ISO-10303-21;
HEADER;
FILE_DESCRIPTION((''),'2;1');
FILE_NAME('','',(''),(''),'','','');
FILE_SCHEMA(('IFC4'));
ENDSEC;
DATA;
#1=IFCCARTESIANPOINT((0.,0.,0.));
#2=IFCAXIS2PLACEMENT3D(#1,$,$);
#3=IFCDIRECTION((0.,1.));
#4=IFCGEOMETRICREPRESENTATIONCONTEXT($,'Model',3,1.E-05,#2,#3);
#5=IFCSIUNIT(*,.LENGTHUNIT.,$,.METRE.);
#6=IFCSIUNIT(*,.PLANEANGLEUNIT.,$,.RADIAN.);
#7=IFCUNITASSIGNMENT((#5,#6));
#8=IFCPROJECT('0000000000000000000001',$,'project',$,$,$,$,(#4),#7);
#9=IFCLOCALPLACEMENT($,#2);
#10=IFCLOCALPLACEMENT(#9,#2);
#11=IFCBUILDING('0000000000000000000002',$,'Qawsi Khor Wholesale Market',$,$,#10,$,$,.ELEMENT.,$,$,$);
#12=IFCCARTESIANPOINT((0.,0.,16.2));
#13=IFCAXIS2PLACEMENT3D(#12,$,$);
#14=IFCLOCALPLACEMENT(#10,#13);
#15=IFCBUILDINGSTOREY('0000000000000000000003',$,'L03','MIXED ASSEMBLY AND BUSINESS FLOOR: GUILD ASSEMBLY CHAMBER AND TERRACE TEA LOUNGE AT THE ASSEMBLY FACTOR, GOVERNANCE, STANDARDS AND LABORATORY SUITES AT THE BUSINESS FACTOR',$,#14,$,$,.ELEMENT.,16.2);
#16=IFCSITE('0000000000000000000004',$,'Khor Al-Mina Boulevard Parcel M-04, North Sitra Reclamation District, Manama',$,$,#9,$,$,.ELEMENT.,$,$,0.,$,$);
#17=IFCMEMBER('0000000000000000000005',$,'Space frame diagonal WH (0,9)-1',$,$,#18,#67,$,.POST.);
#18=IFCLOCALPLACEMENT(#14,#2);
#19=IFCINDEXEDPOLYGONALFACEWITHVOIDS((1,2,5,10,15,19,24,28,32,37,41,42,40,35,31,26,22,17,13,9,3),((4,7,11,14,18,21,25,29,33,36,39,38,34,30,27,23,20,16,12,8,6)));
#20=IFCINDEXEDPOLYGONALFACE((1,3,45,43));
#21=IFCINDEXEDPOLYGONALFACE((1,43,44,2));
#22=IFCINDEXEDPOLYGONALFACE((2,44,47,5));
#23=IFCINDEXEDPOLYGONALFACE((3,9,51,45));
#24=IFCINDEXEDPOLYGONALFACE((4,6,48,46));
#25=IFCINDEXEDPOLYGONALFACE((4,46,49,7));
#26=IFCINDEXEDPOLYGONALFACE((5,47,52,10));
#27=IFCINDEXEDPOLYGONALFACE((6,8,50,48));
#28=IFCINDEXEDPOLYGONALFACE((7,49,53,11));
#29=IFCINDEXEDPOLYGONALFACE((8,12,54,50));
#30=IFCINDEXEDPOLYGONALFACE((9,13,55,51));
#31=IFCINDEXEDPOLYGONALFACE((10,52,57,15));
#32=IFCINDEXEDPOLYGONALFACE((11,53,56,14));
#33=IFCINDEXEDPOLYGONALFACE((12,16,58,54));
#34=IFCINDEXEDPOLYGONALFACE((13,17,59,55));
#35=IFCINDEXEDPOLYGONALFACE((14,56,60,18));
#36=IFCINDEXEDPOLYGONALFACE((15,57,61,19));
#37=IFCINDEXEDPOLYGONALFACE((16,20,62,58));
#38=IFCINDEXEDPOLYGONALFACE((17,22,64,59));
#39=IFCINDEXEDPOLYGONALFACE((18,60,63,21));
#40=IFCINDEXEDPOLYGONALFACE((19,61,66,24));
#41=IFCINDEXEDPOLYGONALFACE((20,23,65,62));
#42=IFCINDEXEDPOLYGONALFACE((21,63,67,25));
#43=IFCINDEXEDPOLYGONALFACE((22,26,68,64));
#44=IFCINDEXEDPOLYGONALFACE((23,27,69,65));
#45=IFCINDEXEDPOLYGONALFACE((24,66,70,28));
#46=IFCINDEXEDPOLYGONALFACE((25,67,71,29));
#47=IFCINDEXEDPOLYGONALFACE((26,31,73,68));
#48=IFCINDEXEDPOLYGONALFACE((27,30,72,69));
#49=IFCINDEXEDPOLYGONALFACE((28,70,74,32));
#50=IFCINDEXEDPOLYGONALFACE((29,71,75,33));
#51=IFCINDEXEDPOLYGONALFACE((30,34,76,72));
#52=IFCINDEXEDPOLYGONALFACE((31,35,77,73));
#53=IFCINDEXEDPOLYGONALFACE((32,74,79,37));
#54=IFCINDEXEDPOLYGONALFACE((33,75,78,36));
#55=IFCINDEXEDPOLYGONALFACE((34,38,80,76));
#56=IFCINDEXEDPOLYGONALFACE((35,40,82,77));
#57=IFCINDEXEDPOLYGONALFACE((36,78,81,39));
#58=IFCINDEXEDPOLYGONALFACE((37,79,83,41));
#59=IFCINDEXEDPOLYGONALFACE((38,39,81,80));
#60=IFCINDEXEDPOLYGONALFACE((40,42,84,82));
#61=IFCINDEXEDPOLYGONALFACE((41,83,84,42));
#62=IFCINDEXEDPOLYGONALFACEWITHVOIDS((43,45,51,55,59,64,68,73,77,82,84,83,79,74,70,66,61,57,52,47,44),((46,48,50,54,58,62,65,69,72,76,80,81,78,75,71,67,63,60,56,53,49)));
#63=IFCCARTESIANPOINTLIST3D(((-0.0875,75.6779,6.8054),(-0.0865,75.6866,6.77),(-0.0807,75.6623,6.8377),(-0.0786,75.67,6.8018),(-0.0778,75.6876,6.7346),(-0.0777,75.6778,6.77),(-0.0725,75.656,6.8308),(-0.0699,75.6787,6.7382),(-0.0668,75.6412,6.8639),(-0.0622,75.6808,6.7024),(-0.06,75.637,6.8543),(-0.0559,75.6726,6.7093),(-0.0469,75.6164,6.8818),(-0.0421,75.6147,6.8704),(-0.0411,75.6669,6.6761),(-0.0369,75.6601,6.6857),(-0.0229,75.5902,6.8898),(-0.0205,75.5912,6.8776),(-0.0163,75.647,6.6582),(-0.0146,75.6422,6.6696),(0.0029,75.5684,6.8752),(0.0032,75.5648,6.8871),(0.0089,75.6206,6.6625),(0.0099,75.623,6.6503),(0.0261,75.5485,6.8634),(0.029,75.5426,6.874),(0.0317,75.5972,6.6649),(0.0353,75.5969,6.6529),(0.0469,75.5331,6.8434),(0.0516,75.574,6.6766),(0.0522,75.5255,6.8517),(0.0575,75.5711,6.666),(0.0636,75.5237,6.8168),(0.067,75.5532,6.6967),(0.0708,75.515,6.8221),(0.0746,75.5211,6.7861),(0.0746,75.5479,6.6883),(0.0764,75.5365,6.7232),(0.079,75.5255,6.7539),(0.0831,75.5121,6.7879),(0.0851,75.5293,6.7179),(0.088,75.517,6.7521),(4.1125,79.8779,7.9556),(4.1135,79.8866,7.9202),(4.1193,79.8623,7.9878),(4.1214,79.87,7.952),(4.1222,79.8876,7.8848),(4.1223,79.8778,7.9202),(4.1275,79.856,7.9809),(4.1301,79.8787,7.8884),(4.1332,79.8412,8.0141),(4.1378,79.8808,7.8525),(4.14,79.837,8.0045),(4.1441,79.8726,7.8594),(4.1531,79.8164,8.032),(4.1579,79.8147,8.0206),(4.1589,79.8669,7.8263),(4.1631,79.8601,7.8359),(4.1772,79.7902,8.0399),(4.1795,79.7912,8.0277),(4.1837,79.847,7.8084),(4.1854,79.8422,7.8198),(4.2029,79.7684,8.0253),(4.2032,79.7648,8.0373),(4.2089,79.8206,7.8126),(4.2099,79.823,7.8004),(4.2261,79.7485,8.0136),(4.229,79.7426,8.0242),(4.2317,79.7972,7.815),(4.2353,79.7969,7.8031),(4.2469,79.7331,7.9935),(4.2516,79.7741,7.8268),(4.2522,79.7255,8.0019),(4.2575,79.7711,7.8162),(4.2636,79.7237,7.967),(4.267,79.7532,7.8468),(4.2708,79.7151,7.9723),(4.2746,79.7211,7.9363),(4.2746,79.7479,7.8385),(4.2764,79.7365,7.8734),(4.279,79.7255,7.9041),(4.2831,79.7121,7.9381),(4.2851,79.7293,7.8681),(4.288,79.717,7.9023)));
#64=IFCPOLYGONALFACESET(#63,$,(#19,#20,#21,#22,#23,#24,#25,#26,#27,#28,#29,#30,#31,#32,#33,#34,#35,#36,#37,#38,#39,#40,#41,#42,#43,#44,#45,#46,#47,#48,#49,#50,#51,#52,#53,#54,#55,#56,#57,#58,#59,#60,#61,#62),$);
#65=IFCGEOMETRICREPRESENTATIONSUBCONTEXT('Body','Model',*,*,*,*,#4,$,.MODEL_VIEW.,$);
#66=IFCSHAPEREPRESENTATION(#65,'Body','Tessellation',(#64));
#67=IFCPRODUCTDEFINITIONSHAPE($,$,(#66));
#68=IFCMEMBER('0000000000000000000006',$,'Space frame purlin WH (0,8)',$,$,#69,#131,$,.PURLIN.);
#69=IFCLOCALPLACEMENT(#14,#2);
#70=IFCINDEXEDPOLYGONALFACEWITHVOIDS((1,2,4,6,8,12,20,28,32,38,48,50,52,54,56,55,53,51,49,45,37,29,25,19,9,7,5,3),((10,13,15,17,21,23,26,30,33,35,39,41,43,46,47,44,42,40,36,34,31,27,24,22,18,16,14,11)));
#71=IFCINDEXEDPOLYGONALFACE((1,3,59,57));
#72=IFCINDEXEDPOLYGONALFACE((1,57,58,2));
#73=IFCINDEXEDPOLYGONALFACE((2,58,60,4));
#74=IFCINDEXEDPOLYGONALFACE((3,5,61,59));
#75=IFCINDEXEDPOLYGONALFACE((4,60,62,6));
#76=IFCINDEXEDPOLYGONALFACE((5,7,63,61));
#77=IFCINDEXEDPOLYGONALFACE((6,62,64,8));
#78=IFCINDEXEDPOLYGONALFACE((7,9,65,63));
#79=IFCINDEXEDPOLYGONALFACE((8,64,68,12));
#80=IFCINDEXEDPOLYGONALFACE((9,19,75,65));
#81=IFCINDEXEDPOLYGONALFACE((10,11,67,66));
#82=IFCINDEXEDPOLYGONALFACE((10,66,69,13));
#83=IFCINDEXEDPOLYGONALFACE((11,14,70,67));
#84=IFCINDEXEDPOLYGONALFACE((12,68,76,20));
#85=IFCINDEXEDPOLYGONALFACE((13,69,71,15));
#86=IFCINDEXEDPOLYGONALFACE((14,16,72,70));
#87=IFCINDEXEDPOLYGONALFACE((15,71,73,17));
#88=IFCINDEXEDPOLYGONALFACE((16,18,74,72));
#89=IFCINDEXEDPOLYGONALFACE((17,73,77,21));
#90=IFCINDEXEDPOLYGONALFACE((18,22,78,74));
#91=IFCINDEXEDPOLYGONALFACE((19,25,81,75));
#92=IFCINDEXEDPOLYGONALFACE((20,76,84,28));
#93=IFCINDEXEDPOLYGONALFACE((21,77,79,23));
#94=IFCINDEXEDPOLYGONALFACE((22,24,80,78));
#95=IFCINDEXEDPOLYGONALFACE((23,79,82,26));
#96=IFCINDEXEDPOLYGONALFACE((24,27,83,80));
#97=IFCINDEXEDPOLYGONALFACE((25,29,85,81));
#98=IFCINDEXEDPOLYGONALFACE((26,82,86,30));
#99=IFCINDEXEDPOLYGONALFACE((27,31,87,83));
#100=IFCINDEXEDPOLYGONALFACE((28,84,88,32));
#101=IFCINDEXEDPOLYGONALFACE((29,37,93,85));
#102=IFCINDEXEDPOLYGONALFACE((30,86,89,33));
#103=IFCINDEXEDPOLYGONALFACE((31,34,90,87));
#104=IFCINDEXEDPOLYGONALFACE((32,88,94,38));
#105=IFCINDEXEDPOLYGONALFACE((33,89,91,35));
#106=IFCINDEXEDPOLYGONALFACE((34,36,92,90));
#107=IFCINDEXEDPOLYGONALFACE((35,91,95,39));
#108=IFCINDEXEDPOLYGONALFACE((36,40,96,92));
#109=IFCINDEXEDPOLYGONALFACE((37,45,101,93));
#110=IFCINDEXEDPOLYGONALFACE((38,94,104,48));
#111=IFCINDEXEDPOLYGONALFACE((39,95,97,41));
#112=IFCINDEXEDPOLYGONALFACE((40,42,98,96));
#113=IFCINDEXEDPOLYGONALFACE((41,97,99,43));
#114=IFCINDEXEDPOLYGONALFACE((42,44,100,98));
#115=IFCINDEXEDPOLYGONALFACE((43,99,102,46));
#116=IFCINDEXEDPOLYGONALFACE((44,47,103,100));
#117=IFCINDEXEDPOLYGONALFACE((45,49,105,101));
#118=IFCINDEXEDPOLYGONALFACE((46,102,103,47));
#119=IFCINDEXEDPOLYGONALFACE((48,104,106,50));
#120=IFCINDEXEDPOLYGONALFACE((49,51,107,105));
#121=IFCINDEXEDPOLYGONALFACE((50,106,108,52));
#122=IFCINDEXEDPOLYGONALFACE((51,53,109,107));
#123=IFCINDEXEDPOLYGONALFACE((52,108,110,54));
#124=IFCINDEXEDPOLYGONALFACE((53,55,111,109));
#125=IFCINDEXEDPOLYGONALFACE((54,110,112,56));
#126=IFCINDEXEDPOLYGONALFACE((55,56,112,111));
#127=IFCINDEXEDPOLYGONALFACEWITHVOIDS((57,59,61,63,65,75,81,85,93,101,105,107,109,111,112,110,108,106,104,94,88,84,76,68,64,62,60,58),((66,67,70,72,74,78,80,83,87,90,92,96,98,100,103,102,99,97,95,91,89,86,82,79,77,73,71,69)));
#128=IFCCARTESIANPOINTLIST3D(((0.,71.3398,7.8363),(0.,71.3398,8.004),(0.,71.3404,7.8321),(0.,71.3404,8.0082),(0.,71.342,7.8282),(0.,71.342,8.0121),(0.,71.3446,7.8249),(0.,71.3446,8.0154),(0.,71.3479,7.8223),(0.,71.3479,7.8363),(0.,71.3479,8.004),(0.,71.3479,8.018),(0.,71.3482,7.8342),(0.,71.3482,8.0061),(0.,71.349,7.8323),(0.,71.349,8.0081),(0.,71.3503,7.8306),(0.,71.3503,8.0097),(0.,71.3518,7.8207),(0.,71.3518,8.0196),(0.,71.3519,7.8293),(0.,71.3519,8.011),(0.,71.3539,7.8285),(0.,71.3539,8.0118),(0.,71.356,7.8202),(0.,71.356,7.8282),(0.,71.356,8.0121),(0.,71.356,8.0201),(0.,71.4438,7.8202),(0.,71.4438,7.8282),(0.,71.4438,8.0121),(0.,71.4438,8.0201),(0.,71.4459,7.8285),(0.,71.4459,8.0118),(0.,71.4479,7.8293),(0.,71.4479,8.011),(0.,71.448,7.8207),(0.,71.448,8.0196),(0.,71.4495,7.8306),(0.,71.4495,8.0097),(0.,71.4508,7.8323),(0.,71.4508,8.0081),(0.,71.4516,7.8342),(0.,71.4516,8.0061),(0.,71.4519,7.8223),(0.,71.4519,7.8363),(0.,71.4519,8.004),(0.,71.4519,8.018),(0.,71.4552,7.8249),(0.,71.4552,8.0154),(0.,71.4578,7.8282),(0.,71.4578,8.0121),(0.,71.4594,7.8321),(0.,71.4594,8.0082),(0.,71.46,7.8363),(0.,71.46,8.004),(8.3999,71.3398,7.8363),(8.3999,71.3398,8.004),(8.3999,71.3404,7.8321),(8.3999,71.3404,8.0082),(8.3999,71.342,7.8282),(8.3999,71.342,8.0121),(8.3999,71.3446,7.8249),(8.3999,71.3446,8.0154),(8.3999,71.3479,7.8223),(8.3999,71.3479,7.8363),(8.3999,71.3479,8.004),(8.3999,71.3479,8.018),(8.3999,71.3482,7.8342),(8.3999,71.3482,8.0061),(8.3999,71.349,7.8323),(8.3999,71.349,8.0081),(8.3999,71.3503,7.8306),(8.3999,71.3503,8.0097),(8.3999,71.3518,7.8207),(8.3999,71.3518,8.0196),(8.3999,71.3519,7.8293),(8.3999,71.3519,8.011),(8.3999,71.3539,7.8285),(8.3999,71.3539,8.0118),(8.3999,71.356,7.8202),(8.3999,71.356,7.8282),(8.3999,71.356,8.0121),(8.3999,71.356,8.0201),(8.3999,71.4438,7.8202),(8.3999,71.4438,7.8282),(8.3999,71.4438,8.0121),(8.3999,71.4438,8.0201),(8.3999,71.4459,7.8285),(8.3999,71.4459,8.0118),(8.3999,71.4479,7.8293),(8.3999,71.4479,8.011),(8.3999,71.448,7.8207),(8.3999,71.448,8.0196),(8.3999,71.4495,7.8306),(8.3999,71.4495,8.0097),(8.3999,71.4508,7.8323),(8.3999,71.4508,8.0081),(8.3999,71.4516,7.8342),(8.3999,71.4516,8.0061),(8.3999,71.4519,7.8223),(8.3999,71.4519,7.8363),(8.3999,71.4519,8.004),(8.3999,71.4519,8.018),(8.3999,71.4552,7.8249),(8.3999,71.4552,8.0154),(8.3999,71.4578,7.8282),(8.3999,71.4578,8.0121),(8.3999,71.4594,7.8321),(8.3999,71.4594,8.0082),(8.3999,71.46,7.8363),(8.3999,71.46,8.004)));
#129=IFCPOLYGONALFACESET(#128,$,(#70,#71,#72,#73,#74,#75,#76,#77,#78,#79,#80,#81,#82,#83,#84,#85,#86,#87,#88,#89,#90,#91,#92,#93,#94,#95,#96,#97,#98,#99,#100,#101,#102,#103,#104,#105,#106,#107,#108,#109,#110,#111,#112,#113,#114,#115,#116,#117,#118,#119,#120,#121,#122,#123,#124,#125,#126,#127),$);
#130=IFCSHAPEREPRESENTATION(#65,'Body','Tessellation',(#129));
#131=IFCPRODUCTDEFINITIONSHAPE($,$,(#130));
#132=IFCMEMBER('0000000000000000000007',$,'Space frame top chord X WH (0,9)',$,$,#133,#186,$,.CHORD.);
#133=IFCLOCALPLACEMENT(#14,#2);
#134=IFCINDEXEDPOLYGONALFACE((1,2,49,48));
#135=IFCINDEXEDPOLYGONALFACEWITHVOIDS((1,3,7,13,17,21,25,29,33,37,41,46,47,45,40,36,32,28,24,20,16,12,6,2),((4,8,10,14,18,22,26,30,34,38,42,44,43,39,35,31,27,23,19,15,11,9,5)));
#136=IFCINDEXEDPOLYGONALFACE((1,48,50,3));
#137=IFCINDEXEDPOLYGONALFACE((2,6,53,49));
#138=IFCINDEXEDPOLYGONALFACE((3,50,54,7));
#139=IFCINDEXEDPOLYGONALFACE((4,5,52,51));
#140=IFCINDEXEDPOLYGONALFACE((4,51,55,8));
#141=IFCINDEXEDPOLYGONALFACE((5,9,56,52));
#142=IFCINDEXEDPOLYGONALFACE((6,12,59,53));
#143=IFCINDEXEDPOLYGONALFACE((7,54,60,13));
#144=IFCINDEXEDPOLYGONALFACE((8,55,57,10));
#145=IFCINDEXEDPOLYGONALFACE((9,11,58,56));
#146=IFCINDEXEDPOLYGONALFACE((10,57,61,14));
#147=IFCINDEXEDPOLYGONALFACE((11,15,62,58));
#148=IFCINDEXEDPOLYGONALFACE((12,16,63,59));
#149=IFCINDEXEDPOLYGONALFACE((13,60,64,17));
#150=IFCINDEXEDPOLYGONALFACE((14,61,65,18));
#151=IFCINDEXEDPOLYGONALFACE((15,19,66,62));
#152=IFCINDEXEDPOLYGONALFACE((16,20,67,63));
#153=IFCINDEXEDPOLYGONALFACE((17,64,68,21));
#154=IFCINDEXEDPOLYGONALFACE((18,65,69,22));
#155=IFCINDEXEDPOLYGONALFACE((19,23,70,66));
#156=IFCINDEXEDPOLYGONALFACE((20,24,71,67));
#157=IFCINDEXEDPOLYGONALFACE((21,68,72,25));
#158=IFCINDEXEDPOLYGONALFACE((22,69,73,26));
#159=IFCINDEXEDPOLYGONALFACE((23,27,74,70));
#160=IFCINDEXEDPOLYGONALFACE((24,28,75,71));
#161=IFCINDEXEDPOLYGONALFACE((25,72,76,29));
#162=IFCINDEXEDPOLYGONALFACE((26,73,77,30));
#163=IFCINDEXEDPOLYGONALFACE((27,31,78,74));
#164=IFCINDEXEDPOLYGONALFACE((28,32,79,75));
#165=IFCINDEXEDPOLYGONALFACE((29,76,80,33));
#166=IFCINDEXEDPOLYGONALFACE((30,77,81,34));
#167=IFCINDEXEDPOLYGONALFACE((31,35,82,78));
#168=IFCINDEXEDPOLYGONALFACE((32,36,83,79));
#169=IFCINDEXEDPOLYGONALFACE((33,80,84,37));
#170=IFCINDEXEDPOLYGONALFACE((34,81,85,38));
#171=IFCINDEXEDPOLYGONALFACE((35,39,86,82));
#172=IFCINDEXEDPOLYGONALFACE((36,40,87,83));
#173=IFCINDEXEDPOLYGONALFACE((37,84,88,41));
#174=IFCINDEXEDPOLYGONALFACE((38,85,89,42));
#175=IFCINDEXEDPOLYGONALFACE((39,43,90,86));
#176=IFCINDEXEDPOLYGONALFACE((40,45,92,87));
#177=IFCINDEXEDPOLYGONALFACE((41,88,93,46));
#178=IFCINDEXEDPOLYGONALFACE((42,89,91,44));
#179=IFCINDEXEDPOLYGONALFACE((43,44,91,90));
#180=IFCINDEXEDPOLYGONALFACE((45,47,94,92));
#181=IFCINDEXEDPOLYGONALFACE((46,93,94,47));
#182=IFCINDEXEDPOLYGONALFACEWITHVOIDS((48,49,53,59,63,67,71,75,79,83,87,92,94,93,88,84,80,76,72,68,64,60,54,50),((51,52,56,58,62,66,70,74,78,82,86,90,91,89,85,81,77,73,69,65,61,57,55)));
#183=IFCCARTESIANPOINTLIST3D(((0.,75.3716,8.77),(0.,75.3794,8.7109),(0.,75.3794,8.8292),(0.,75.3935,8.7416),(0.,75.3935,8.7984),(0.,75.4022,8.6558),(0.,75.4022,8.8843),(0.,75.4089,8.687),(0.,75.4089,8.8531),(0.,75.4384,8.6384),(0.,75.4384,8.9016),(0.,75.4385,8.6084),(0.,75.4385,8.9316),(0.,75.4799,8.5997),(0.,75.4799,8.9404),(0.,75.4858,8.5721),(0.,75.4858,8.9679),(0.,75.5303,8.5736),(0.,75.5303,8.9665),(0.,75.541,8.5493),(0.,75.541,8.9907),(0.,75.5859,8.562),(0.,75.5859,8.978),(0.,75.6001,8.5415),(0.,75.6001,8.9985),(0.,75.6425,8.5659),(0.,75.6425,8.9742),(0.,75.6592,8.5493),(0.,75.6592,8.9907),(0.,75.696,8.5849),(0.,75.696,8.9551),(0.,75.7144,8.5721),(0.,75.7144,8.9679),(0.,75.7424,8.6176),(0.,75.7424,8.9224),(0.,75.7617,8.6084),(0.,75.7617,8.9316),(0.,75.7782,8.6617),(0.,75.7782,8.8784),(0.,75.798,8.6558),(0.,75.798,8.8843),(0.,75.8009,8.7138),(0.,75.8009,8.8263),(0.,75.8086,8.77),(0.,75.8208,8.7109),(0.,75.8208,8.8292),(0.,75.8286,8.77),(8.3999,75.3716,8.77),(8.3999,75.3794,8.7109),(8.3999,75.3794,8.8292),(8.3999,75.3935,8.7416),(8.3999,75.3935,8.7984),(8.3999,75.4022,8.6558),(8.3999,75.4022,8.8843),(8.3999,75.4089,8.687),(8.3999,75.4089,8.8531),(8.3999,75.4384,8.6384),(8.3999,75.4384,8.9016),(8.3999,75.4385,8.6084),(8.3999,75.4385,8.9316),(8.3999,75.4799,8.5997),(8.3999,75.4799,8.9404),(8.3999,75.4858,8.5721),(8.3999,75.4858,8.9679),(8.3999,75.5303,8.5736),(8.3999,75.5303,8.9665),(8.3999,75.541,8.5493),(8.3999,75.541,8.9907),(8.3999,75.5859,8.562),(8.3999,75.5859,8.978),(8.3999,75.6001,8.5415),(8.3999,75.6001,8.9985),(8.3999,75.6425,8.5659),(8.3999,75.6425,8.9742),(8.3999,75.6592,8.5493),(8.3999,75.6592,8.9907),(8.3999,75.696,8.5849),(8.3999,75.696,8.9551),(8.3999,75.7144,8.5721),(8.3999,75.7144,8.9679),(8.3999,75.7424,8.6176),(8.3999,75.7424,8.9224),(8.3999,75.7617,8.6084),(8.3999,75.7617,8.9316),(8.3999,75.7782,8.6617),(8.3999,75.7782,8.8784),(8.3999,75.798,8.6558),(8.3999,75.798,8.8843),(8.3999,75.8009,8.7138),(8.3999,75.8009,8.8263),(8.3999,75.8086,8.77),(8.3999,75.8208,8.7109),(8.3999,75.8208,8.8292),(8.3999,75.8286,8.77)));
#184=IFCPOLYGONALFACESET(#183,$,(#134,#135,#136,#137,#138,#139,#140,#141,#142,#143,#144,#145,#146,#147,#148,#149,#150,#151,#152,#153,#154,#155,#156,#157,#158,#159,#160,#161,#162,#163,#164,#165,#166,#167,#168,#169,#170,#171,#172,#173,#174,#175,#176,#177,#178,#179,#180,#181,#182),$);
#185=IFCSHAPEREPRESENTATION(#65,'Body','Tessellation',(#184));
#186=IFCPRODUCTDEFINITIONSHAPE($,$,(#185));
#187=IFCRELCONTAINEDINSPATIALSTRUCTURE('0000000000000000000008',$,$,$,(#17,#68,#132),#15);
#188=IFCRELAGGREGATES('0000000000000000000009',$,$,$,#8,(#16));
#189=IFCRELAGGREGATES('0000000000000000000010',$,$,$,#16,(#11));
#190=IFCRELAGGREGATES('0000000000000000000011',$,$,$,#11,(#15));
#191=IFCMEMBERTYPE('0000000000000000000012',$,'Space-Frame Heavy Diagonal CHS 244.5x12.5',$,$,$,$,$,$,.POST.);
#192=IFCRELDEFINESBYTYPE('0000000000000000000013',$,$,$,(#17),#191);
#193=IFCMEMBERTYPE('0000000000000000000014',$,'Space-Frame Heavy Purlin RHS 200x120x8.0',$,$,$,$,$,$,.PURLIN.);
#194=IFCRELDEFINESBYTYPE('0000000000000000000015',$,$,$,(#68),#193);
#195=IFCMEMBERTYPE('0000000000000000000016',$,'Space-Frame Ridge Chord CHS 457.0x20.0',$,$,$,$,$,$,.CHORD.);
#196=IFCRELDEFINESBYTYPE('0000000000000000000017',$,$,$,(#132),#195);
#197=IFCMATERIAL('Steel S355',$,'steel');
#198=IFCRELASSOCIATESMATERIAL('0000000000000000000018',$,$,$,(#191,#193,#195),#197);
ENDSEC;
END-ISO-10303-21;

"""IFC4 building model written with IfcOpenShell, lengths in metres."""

from ifc_helpers import new_model, si_unit, direction, frame, origin, origin_2d, place, context, subcontext, project, spatial, hollow_rectangle, hollow_circle, extrude, material, material_profile, profile_set, type_object, element, save


model = new_model("IFC4")

# Units and contexts
model_context = context("Model", 3, precision=1e-05, world=origin(), true_north=direction((0.0, 1.0)))
body_context = subcontext(model_context, "Body", "Model", "MODEL_VIEW")
ifc_project = project(units=[si_unit("LENGTHUNIT", "METRE"), si_unit("PLANEANGLEUNIT", "RADIAN")], contexts=[model_context])

# Site, building, storey
site_placement = place(None, origin())
site = spatial("IfcSite", under=ifc_project, at=site_placement, Name="Khor Al-Mina Boulevard Parcel M-04, North Sitra Reclamation District, Manama", CompositionType="ELEMENT", RefElevation=0.0)
building_placement = place(site_placement, origin())
building = spatial("IfcBuilding", under=site, at=building_placement, Name="Qawsi Khor Wholesale Market", CompositionType="ELEMENT")
storey_placement = place(building_placement, frame((0.0, 0.0, 16.2)))
storey = spatial("IfcBuildingStorey", under=building, at=storey_placement, Name="L03", Description="MIXED ASSEMBLY AND BUSINESS FLOOR: GUILD ASSEMBLY CHAMBER AND TERRACE TEA LOUNGE AT THE ASSEMBLY FACTOR, GOVERNANCE, STANDARDS AND LABORATORY SUITES AT THE BUSINESS FACTOR", CompositionType="ELEMENT", Elevation=16.2)

# Members
ifc_material_1 = material(Name="Steel S355", Category="steel")
ifc_material_profile_1 = material_profile(ifc_material_1, hollow_circle(Radius=0.1223, WallThickness=0.0125, at=origin_2d()), Name="CHS 244.5x12.5")
ifc_profile_set_1 = profile_set([ifc_material_profile_1], Name="Steel S355")
member_type_1 = type_object("IfcMemberType", Name="Space-Frame Heavy Diagonal CHS 244.5x12.5", PredefinedType="POST", material=ifc_profile_set_1)
for number, where, z_axis, x_axis, name in (
    (1, (0.0, 75.6001, 6.77), (0.694211, 0.694211, 0.190108), (-0.707107, 0.707107, 0.0), "Space frame diagonal WH (0,9)-1"),
):
    element("IfcMember", number, at=place(storey_placement, frame(where, z_axis=z_axis, x_axis=x_axis)), inside=storey, type_object=member_type_1, Name=name, PredefinedType="POST", context=body_context, shape_type="SweptSolid", body=[
        extrude(hollow_circle(Radius=0.1223, WallThickness=0.0125, at=origin_2d()), origin(), (0.0, 0.0, 1.0), 6.05),
    ])
ifc_material_profile_2 = material_profile(ifc_material_1, hollow_rectangle(XDim=0.1201, YDim=0.2, WallThickness=0.0081, InnerFilletRadius=0.0081, OuterFilletRadius=0.0161, at=origin_2d()), Name="RHS 200x120x8.0")
ifc_profile_set_2 = profile_set([ifc_material_profile_2], Name="Steel S355")
member_type_2 = type_object("IfcMemberType", Name="Space-Frame Heavy Purlin RHS 200x120x8.0", PredefinedType="PURLIN", material=ifc_profile_set_2)
member_1_placement = place(storey_placement, frame((0.0, 71.3999, 7.9202), z_axis=(1.0, 0.0, 0.0), x_axis=(0.0, 1.0, 0.0)))
element("IfcMember", 2, at=member_1_placement, inside=storey, type_object=member_type_2, Name="Space frame purlin WH (0,8)", PredefinedType="PURLIN", context=body_context, shape_type="SweptSolid", body=[
    extrude(hollow_rectangle(XDim=0.1201, YDim=0.2, WallThickness=0.0081, InnerFilletRadius=0.0081, OuterFilletRadius=0.0161, at=origin_2d()), origin(), (0.0, 0.0, 1.0), 8.3999),
])
ifc_material_profile_3 = material_profile(ifc_material_1, hollow_circle(Radius=0.2285, WallThickness=0.02, at=origin_2d()), Name="CHS 457.0x20.0")
ifc_profile_set_3 = profile_set([ifc_material_profile_3], Name="Steel S355")
member_type_3 = type_object("IfcMemberType", Name="Space-Frame Ridge Chord CHS 457.0x20.0", PredefinedType="CHORD", material=ifc_profile_set_3)
member_2_placement = place(storey_placement, frame((0.0, 75.6001, 8.77), z_axis=(1.0, 0.0, 0.0), x_axis=(0.0, 1.0, 0.0)))
element("IfcMember", 3, at=member_2_placement, inside=storey, type_object=member_type_3, Name="Space frame top chord X WH (0,9)", PredefinedType="CHORD", context=body_context, shape_type="SweptSolid", body=[
    extrude(hollow_circle(Radius=0.2285, WallThickness=0.02, at=origin_2d()), origin(), (0.0, 0.0, 1.0), 8.3999),
])

save(model, "model.ifc")
